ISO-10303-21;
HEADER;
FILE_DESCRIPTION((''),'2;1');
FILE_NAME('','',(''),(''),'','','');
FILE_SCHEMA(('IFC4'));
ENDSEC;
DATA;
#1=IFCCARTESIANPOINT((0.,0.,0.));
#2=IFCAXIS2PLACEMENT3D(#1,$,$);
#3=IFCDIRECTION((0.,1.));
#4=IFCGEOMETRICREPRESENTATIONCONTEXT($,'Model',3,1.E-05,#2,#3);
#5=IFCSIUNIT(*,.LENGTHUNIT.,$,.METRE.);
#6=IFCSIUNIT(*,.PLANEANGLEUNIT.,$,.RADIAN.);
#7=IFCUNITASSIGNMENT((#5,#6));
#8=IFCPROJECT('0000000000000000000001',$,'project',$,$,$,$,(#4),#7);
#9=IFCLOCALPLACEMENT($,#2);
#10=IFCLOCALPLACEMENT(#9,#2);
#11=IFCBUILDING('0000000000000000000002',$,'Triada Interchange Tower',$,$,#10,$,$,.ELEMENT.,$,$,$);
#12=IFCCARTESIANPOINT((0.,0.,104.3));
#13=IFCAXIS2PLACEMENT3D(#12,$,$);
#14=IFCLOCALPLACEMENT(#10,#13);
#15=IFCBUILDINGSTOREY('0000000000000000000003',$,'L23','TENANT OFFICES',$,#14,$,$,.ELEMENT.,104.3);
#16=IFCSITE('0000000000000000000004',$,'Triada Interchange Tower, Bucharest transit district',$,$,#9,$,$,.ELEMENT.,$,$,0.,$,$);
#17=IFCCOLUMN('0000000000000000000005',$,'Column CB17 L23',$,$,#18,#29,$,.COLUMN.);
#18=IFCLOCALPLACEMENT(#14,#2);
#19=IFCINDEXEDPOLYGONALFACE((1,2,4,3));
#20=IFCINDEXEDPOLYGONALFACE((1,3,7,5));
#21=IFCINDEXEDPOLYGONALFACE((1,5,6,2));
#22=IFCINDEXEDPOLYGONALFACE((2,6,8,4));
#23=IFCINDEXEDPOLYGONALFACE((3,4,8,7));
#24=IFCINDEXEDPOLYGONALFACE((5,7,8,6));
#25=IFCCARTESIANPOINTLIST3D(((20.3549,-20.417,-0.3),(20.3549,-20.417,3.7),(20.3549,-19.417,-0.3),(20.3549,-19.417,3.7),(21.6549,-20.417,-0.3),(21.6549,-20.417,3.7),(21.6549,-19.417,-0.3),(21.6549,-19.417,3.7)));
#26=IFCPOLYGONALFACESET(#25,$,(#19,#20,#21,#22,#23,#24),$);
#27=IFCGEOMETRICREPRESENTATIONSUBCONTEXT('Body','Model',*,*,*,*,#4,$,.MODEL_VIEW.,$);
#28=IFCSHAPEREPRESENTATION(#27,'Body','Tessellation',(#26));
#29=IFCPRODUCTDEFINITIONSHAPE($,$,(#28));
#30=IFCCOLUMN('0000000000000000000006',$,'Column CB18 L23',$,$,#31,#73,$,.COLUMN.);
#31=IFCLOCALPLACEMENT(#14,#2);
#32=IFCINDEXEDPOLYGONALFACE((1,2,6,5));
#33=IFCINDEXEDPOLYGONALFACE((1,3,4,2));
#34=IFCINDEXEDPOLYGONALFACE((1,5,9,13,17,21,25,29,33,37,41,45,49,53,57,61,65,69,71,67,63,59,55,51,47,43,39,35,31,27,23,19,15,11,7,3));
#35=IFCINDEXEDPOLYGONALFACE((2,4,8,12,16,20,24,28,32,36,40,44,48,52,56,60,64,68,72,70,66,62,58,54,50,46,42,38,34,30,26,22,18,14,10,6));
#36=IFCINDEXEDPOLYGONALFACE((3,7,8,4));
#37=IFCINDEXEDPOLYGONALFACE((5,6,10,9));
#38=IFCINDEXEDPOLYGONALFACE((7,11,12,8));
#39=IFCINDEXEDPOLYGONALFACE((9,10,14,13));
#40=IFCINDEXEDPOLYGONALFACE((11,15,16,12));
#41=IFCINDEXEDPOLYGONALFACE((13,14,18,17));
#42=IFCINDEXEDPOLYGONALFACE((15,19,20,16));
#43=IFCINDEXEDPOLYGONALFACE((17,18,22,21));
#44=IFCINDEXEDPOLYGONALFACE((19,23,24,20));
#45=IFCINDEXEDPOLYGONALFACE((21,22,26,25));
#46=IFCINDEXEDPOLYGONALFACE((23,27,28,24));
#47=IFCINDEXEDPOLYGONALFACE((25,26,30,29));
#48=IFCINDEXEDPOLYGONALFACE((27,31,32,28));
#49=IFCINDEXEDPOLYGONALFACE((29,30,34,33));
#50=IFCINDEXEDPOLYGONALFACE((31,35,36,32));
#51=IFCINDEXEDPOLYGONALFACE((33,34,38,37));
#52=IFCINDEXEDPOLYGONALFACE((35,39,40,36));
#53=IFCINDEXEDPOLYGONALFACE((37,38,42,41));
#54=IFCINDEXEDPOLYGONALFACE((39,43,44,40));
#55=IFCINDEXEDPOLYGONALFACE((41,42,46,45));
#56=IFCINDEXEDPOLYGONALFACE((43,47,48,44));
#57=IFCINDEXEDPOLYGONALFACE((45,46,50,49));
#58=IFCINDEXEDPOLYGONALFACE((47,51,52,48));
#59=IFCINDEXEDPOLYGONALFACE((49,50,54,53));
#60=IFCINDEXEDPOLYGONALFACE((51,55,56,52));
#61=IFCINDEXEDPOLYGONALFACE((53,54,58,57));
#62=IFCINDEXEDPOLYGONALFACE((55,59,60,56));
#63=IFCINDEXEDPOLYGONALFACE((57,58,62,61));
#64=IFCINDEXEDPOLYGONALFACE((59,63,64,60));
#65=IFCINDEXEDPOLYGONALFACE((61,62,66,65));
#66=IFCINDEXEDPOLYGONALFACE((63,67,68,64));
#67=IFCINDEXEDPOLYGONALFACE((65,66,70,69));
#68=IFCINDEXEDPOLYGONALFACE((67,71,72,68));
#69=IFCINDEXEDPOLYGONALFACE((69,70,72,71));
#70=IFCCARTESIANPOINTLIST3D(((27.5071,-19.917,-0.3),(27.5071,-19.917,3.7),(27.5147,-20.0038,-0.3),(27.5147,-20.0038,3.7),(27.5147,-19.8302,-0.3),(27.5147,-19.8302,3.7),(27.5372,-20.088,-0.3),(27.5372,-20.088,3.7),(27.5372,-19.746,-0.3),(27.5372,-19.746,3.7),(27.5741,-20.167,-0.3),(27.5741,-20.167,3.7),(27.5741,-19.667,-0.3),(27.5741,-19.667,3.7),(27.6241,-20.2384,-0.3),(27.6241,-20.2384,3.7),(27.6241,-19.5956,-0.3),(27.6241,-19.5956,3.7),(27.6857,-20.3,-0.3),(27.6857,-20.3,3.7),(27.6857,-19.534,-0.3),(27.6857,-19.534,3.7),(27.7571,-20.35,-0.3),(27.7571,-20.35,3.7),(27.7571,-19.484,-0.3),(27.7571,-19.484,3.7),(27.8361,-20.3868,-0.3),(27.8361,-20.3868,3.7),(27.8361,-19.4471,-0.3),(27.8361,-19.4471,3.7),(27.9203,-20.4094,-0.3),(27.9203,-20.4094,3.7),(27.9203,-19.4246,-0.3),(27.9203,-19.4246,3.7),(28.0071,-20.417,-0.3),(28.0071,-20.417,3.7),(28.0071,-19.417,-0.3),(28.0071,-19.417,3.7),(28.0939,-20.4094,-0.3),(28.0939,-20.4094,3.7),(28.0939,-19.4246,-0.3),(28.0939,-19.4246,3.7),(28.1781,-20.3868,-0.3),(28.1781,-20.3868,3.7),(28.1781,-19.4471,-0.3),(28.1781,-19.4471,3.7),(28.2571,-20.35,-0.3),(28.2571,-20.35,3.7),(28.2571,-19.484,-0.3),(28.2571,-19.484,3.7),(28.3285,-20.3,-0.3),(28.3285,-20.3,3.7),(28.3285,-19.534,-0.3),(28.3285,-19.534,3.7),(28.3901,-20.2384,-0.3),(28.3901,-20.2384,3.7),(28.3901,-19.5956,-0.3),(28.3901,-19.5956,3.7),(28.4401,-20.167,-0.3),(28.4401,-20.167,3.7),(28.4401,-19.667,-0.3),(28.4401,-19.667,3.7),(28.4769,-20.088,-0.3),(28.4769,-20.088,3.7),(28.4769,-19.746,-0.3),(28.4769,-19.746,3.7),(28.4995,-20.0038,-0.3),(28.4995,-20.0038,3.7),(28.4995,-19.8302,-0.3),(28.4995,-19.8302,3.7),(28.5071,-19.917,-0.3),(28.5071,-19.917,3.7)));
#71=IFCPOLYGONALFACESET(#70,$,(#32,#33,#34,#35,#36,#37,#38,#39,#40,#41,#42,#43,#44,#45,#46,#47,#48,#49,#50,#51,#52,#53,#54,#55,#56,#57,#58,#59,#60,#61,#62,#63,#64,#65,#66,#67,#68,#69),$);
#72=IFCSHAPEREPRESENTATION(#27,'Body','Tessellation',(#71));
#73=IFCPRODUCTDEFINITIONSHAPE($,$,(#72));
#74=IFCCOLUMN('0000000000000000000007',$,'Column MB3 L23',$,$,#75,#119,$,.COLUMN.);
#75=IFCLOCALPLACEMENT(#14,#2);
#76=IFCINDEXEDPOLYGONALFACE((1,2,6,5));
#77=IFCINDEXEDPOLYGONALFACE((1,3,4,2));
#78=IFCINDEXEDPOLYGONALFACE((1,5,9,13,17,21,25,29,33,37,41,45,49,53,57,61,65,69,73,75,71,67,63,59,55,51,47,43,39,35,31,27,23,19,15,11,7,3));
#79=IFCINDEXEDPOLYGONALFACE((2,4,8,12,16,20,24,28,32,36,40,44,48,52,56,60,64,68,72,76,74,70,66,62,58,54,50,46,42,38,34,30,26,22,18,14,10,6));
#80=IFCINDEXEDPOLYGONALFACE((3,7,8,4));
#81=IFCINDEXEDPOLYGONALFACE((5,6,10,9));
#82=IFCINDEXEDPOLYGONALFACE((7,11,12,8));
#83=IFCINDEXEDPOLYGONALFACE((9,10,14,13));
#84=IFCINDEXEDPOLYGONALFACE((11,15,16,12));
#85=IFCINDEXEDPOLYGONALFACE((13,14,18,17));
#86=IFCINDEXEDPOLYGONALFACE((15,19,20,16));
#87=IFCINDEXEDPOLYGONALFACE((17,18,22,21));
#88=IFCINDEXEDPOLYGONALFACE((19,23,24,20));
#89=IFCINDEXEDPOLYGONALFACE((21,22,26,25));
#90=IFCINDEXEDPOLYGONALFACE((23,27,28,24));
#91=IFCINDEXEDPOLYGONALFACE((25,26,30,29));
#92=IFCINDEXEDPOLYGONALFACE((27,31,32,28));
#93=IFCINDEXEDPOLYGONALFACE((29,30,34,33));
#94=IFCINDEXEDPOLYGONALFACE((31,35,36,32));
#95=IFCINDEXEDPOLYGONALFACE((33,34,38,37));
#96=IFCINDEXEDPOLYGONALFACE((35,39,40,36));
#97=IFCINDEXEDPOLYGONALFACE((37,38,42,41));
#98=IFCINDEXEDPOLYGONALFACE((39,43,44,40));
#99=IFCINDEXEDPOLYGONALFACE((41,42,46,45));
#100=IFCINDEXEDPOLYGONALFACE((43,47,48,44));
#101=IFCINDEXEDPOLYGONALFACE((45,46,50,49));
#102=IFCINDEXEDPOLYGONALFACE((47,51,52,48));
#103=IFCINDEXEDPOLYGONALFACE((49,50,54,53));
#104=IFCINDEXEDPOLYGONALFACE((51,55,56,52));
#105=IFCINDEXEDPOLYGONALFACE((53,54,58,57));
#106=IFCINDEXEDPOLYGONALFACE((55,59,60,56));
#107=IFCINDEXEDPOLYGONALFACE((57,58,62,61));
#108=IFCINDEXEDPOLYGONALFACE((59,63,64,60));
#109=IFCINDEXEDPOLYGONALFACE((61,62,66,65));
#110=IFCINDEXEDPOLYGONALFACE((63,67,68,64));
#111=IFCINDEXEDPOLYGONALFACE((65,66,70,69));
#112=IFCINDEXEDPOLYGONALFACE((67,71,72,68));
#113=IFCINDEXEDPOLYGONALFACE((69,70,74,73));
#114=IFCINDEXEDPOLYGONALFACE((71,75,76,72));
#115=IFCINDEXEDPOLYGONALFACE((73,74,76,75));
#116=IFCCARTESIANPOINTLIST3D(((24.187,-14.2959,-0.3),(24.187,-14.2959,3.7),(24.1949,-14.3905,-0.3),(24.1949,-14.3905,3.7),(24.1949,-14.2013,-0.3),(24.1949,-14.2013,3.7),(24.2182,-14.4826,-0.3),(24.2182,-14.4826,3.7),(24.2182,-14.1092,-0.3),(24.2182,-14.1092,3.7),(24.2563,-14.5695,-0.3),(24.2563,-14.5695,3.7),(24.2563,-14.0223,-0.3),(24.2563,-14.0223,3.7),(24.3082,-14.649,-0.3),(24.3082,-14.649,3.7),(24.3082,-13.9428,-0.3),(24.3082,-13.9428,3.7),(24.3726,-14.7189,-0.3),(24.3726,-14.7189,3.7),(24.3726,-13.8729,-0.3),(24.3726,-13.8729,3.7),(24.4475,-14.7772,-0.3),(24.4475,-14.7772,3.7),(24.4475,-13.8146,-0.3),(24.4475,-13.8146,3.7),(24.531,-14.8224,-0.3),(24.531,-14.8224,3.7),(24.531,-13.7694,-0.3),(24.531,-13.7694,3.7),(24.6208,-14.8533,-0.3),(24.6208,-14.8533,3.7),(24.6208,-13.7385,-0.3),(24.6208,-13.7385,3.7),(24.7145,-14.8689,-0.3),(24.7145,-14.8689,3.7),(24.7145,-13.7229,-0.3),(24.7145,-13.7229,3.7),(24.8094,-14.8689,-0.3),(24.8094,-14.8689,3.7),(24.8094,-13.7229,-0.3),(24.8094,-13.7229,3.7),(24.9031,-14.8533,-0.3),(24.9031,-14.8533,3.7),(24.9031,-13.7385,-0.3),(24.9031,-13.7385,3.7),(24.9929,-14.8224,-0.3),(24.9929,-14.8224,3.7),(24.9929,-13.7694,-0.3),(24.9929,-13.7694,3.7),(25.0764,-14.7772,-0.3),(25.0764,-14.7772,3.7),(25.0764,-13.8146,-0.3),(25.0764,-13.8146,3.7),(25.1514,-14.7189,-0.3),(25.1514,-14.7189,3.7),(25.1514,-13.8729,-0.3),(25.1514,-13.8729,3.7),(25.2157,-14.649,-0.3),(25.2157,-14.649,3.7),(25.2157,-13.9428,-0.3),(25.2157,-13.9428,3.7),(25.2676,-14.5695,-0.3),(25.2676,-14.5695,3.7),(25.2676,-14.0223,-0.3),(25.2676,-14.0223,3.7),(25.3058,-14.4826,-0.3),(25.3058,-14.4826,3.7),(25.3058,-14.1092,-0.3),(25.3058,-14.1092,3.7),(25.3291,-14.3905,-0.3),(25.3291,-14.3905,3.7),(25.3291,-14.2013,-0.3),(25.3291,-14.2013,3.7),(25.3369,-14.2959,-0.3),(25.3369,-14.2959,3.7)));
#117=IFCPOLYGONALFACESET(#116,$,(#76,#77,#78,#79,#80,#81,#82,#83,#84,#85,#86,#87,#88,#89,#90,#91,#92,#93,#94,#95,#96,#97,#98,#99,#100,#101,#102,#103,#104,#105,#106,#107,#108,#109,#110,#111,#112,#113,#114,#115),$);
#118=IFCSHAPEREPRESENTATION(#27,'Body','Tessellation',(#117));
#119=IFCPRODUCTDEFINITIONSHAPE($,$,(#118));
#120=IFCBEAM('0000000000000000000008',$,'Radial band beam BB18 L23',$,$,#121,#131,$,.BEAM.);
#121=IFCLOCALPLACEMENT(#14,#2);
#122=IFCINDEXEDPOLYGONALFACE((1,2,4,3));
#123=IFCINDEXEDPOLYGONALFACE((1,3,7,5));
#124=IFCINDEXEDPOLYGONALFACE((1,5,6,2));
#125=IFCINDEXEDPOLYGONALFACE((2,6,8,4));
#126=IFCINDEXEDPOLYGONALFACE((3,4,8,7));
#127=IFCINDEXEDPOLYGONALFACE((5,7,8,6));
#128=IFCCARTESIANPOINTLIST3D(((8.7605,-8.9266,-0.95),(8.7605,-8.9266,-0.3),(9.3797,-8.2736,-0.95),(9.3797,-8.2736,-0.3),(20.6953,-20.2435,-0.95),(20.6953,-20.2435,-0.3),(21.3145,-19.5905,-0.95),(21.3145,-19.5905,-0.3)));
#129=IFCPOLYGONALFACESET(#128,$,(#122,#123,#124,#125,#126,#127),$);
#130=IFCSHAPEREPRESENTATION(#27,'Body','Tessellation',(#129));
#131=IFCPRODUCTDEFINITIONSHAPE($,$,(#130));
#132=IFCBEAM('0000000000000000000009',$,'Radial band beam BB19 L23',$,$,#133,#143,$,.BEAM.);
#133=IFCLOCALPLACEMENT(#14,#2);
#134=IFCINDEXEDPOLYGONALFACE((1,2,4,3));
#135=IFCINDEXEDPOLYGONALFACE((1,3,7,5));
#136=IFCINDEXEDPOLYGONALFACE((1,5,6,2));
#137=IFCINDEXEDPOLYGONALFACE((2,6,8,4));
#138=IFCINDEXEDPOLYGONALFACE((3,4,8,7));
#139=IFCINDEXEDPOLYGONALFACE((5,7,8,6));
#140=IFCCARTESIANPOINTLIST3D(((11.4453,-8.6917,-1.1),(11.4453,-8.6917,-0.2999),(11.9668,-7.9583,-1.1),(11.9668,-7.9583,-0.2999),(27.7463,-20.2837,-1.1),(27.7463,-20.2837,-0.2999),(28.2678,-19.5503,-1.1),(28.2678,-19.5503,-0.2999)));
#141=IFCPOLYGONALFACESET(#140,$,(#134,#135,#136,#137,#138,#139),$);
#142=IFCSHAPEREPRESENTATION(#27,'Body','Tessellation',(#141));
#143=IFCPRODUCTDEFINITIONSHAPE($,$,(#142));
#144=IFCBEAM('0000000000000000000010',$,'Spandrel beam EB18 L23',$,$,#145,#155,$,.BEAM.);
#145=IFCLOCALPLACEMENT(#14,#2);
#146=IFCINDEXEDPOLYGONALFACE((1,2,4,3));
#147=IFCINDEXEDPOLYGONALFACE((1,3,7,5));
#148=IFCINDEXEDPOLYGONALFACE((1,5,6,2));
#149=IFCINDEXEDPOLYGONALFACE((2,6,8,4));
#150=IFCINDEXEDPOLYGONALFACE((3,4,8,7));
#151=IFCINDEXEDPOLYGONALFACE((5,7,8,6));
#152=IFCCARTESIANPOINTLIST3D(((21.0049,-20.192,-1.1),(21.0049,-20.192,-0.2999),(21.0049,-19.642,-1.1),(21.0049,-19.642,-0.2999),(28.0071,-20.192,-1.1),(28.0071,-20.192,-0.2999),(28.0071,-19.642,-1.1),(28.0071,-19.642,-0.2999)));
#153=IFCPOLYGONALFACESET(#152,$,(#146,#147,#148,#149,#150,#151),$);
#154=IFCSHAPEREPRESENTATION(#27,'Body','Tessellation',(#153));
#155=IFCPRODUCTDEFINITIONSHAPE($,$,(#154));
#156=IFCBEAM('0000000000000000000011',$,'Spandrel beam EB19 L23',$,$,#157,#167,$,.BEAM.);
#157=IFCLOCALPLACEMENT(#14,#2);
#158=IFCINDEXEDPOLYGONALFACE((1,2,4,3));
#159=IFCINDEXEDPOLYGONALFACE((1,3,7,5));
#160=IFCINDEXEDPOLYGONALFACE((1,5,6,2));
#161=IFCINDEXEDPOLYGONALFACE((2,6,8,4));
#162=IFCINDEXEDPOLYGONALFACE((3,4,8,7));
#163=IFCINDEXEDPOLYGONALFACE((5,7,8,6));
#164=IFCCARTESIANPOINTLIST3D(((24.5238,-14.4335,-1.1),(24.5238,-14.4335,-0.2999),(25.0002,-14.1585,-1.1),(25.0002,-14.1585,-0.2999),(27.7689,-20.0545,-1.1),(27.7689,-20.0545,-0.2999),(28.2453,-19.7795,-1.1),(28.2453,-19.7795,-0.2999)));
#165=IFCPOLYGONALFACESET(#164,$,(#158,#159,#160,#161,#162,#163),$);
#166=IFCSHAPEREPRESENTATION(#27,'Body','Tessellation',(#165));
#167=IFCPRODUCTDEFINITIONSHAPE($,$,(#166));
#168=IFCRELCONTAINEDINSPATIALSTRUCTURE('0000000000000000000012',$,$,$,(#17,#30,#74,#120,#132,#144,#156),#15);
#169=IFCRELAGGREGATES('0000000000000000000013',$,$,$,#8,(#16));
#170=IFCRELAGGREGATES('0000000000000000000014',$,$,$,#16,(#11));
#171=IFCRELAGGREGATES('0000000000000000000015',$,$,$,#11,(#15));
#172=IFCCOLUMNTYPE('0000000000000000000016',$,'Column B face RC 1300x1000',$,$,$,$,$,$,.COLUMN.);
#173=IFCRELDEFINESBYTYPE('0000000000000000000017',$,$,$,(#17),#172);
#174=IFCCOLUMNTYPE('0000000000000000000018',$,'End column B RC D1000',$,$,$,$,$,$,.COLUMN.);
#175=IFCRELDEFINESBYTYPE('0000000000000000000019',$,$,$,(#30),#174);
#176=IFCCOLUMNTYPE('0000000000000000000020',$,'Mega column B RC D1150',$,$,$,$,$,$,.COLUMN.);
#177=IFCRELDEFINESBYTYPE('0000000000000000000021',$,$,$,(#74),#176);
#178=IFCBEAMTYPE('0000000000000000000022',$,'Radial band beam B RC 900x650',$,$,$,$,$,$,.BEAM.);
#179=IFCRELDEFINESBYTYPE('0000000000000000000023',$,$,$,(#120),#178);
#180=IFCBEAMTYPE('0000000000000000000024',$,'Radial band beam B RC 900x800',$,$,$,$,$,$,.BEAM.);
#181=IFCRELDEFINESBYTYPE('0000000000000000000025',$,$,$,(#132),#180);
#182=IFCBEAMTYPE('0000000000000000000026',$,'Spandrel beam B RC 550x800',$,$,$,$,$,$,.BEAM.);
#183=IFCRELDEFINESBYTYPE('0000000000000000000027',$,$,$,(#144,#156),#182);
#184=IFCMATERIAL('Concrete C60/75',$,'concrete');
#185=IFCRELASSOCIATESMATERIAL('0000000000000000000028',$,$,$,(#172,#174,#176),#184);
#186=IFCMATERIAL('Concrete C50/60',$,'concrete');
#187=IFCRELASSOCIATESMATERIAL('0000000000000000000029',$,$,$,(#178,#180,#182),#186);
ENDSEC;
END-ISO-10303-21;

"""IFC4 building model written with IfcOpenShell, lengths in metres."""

from ifc_helpers import new_model, si_unit, direction, frame, origin, origin_2d, place, context, subcontext, project, spatial, rectangle, circle, extrude, material, material_profile, profile_set, type_object, element, save


model = new_model("IFC4")

# Units and contexts
model_context = context("Model", 3, precision=1e-05, world=origin(), true_north=direction((0.0, 1.0)))
body_context = subcontext(model_context, "Body", "Model", "MODEL_VIEW")
ifc_project = project(units=[si_unit("LENGTHUNIT", "METRE"), si_unit("PLANEANGLEUNIT", "RADIAN")], contexts=[model_context])

# Site, building, storey
site_placement = place(None, origin())
site = spatial("IfcSite", under=ifc_project, at=site_placement, Name="Triada Interchange Tower, Bucharest transit district", CompositionType="ELEMENT", RefElevation=0.0)
building_placement = place(site_placement, origin())
building = spatial("IfcBuilding", under=site, at=building_placement, Name="Triada Interchange Tower", CompositionType="ELEMENT")
storey_placement = place(building_placement, frame((0.0, 0.0, 104.3)))
storey = spatial("IfcBuildingStorey", under=building, at=storey_placement, Name="L23", Description="TENANT OFFICES", CompositionType="ELEMENT", Elevation=104.3)

# Columns
ifc_material_1 = material(Name="Concrete C60/75", Category="concrete")
ifc_material_profile_1 = material_profile(ifc_material_1, rectangle(XDim=1.3, YDim=1.0, at=origin_2d()), Name="RC 1300x1000")
ifc_profile_set_1 = profile_set([ifc_material_profile_1], Name="Concrete C60/75")
column_type_1 = type_object("IfcColumnType", Name="Column B face RC 1300x1000", PredefinedType="COLUMN", material=ifc_profile_set_1)
column_1_placement = place(storey_placement, frame((21.0049, -19.917, -0.3), z_axis=(0.0, 0.0, 1.0), x_axis=(1.0, 0.0, 0.0)))
element("IfcColumn", 1, at=column_1_placement, inside=storey, type_object=column_type_1, Name="Column CB17 L23", PredefinedType="COLUMN", context=body_context, shape_type="SweptSolid", body=[
    extrude(rectangle(XDim=1.3, YDim=1.0, at=origin_2d()), origin(), (0.0, 0.0, 1.0), 4.0),
])
ifc_material_profile_2 = material_profile(ifc_material_1, circle(Radius=0.5, at=origin_2d()), Name="RC D1000")
ifc_profile_set_2 = profile_set([ifc_material_profile_2], Name="Concrete C60/75")
column_type_2 = type_object("IfcColumnType", Name="End column B RC D1000", PredefinedType="COLUMN", material=ifc_profile_set_2)
column_2_placement = place(storey_placement, frame((28.0071, -19.917, -0.3), z_axis=(0.0, 0.0, 1.0), x_axis=(1.0, 0.0, 0.0)))
element("IfcColumn", 2, at=column_2_placement, inside=storey, type_object=column_type_2, Name="Column CB18 L23", PredefinedType="COLUMN", context=body_context, shape_type="SweptSolid", body=[
    extrude(circle(Radius=0.5, at=origin_2d()), origin(), (0.0, 0.0, 1.0), 4.0),
])
ifc_material_profile_3 = material_profile(ifc_material_1, circle(Radius=0.575, at=origin_2d()), Name="RC D1150")
ifc_profile_set_3 = profile_set([ifc_material_profile_3], Name="Concrete C60/75")
column_type_3 = type_object("IfcColumnType", Name="Mega column B RC D1150", PredefinedType="COLUMN", material=ifc_profile_set_3)
column_3_placement = place(storey_placement, frame((24.762, -14.2959, -0.3), z_axis=(0.0, 0.0, 1.0), x_axis=(1.0, 0.0, 0.0)))
element("IfcColumn", 3, at=column_3_placement, inside=storey, type_object=column_type_3, Name="Column MB3 L23", PredefinedType="COLUMN", context=body_context, shape_type="SweptSolid", body=[
    extrude(circle(Radius=0.575, at=origin_2d()), origin(), (0.0, 0.0, 1.0), 4.0),
])

# Beams
ifc_material_2 = material(Name="Concrete C50/60", Category="concrete")
ifc_material_profile_4 = material_profile(ifc_material_2, rectangle(XDim=0.8999, YDim=0.6499, at=origin_2d()), Name="RC 900x650")
ifc_profile_set_4 = profile_set([ifc_material_profile_4], Name="Concrete C50/60")
beam_type_1 = type_object("IfcBeamType", Name="Radial band beam B RC 900x650", PredefinedType="BEAM", material=ifc_profile_set_4)
beam_1_placement = place(storey_placement, frame((21.0049, -19.917, -0.625), z_axis=(-0.725642, 0.688072, 0.0), x_axis=(-0.688072, -0.725642, 0.0)))
element("IfcBeam", 4, at=beam_1_placement, inside=storey, type_object=beam_type_1, Name="Radial band beam BB18 L23", PredefinedType="BEAM", context=body_context, shape_type="SweptSolid", body=[
    extrude(rectangle(XDim=0.8999, YDim=0.6499, at=origin_2d()), origin(), (0.0, 0.0, 1.0), 16.4473),
])
ifc_material_profile_5 = material_profile(ifc_material_2, rectangle(XDim=0.8999, YDim=0.8, at=origin_2d()), Name="RC 900x800")
ifc_profile_set_5 = profile_set([ifc_material_profile_5], Name="Concrete C50/60")
beam_type_2 = type_object("IfcBeamType", Name="Radial band beam B RC 900x800", PredefinedType="BEAM", material=ifc_profile_set_5)
beam_2_placement = place(storey_placement, frame((28.0071, -19.917, -0.7), z_axis=(-0.814951, 0.57953, 0.0), x_axis=(-0.57953, -0.814951, 0.0)))
element("IfcBeam", 5, at=beam_2_placement, inside=storey, type_object=beam_type_2, Name="Radial band beam BB19 L23", PredefinedType="BEAM", context=body_context, shape_type="SweptSolid", body=[
    extrude(rectangle(XDim=0.8999, YDim=0.8, at=origin_2d()), origin(), (0.0, 0.0, 1.0), 20.0024),
])
ifc_material_profile_6 = material_profile(ifc_material_2, rectangle(XDim=0.55, YDim=0.8, at=origin_2d()), Name="RC 550x800")
ifc_profile_set_6 = profile_set([ifc_material_profile_6], Name="Concrete C50/60")
beam_type_3 = type_object("IfcBeamType", Name="Spandrel beam B RC 550x800", PredefinedType="BEAM", material=ifc_profile_set_6)
beam_3_placement = place(storey_placement, frame((21.0049, -19.917, -0.7), z_axis=(1.0, 0.0, 0.0), x_axis=(0.0, 1.0, 0.0)))
element("IfcBeam", 6, at=beam_3_placement, inside=storey, type_object=beam_type_3, Name="Spandrel beam EB18 L23", PredefinedType="BEAM", context=body_context, shape_type="SweptSolid", body=[
    extrude(rectangle(XDim=0.55, YDim=0.8, at=origin_2d()), origin(), (0.0, 0.0, 1.0), 7.0022),
])
beam_4_placement = place(storey_placement, frame((28.0071, -19.917, -0.7), z_axis=(-0.499974, 0.86604, 0.0), x_axis=(-0.86604, -0.499974, 0.0)))
element("IfcBeam", 7, at=beam_4_placement, inside=storey, type_object=beam_type_3, Name="Spandrel beam EB19 L23", PredefinedType="BEAM", context=body_context, shape_type="SweptSolid", body=[
    extrude(rectangle(XDim=0.55, YDim=0.8, at=origin_2d()), origin(), (0.0, 0.0, 1.0), 6.4905),
])

save(model, "model.ifc")
